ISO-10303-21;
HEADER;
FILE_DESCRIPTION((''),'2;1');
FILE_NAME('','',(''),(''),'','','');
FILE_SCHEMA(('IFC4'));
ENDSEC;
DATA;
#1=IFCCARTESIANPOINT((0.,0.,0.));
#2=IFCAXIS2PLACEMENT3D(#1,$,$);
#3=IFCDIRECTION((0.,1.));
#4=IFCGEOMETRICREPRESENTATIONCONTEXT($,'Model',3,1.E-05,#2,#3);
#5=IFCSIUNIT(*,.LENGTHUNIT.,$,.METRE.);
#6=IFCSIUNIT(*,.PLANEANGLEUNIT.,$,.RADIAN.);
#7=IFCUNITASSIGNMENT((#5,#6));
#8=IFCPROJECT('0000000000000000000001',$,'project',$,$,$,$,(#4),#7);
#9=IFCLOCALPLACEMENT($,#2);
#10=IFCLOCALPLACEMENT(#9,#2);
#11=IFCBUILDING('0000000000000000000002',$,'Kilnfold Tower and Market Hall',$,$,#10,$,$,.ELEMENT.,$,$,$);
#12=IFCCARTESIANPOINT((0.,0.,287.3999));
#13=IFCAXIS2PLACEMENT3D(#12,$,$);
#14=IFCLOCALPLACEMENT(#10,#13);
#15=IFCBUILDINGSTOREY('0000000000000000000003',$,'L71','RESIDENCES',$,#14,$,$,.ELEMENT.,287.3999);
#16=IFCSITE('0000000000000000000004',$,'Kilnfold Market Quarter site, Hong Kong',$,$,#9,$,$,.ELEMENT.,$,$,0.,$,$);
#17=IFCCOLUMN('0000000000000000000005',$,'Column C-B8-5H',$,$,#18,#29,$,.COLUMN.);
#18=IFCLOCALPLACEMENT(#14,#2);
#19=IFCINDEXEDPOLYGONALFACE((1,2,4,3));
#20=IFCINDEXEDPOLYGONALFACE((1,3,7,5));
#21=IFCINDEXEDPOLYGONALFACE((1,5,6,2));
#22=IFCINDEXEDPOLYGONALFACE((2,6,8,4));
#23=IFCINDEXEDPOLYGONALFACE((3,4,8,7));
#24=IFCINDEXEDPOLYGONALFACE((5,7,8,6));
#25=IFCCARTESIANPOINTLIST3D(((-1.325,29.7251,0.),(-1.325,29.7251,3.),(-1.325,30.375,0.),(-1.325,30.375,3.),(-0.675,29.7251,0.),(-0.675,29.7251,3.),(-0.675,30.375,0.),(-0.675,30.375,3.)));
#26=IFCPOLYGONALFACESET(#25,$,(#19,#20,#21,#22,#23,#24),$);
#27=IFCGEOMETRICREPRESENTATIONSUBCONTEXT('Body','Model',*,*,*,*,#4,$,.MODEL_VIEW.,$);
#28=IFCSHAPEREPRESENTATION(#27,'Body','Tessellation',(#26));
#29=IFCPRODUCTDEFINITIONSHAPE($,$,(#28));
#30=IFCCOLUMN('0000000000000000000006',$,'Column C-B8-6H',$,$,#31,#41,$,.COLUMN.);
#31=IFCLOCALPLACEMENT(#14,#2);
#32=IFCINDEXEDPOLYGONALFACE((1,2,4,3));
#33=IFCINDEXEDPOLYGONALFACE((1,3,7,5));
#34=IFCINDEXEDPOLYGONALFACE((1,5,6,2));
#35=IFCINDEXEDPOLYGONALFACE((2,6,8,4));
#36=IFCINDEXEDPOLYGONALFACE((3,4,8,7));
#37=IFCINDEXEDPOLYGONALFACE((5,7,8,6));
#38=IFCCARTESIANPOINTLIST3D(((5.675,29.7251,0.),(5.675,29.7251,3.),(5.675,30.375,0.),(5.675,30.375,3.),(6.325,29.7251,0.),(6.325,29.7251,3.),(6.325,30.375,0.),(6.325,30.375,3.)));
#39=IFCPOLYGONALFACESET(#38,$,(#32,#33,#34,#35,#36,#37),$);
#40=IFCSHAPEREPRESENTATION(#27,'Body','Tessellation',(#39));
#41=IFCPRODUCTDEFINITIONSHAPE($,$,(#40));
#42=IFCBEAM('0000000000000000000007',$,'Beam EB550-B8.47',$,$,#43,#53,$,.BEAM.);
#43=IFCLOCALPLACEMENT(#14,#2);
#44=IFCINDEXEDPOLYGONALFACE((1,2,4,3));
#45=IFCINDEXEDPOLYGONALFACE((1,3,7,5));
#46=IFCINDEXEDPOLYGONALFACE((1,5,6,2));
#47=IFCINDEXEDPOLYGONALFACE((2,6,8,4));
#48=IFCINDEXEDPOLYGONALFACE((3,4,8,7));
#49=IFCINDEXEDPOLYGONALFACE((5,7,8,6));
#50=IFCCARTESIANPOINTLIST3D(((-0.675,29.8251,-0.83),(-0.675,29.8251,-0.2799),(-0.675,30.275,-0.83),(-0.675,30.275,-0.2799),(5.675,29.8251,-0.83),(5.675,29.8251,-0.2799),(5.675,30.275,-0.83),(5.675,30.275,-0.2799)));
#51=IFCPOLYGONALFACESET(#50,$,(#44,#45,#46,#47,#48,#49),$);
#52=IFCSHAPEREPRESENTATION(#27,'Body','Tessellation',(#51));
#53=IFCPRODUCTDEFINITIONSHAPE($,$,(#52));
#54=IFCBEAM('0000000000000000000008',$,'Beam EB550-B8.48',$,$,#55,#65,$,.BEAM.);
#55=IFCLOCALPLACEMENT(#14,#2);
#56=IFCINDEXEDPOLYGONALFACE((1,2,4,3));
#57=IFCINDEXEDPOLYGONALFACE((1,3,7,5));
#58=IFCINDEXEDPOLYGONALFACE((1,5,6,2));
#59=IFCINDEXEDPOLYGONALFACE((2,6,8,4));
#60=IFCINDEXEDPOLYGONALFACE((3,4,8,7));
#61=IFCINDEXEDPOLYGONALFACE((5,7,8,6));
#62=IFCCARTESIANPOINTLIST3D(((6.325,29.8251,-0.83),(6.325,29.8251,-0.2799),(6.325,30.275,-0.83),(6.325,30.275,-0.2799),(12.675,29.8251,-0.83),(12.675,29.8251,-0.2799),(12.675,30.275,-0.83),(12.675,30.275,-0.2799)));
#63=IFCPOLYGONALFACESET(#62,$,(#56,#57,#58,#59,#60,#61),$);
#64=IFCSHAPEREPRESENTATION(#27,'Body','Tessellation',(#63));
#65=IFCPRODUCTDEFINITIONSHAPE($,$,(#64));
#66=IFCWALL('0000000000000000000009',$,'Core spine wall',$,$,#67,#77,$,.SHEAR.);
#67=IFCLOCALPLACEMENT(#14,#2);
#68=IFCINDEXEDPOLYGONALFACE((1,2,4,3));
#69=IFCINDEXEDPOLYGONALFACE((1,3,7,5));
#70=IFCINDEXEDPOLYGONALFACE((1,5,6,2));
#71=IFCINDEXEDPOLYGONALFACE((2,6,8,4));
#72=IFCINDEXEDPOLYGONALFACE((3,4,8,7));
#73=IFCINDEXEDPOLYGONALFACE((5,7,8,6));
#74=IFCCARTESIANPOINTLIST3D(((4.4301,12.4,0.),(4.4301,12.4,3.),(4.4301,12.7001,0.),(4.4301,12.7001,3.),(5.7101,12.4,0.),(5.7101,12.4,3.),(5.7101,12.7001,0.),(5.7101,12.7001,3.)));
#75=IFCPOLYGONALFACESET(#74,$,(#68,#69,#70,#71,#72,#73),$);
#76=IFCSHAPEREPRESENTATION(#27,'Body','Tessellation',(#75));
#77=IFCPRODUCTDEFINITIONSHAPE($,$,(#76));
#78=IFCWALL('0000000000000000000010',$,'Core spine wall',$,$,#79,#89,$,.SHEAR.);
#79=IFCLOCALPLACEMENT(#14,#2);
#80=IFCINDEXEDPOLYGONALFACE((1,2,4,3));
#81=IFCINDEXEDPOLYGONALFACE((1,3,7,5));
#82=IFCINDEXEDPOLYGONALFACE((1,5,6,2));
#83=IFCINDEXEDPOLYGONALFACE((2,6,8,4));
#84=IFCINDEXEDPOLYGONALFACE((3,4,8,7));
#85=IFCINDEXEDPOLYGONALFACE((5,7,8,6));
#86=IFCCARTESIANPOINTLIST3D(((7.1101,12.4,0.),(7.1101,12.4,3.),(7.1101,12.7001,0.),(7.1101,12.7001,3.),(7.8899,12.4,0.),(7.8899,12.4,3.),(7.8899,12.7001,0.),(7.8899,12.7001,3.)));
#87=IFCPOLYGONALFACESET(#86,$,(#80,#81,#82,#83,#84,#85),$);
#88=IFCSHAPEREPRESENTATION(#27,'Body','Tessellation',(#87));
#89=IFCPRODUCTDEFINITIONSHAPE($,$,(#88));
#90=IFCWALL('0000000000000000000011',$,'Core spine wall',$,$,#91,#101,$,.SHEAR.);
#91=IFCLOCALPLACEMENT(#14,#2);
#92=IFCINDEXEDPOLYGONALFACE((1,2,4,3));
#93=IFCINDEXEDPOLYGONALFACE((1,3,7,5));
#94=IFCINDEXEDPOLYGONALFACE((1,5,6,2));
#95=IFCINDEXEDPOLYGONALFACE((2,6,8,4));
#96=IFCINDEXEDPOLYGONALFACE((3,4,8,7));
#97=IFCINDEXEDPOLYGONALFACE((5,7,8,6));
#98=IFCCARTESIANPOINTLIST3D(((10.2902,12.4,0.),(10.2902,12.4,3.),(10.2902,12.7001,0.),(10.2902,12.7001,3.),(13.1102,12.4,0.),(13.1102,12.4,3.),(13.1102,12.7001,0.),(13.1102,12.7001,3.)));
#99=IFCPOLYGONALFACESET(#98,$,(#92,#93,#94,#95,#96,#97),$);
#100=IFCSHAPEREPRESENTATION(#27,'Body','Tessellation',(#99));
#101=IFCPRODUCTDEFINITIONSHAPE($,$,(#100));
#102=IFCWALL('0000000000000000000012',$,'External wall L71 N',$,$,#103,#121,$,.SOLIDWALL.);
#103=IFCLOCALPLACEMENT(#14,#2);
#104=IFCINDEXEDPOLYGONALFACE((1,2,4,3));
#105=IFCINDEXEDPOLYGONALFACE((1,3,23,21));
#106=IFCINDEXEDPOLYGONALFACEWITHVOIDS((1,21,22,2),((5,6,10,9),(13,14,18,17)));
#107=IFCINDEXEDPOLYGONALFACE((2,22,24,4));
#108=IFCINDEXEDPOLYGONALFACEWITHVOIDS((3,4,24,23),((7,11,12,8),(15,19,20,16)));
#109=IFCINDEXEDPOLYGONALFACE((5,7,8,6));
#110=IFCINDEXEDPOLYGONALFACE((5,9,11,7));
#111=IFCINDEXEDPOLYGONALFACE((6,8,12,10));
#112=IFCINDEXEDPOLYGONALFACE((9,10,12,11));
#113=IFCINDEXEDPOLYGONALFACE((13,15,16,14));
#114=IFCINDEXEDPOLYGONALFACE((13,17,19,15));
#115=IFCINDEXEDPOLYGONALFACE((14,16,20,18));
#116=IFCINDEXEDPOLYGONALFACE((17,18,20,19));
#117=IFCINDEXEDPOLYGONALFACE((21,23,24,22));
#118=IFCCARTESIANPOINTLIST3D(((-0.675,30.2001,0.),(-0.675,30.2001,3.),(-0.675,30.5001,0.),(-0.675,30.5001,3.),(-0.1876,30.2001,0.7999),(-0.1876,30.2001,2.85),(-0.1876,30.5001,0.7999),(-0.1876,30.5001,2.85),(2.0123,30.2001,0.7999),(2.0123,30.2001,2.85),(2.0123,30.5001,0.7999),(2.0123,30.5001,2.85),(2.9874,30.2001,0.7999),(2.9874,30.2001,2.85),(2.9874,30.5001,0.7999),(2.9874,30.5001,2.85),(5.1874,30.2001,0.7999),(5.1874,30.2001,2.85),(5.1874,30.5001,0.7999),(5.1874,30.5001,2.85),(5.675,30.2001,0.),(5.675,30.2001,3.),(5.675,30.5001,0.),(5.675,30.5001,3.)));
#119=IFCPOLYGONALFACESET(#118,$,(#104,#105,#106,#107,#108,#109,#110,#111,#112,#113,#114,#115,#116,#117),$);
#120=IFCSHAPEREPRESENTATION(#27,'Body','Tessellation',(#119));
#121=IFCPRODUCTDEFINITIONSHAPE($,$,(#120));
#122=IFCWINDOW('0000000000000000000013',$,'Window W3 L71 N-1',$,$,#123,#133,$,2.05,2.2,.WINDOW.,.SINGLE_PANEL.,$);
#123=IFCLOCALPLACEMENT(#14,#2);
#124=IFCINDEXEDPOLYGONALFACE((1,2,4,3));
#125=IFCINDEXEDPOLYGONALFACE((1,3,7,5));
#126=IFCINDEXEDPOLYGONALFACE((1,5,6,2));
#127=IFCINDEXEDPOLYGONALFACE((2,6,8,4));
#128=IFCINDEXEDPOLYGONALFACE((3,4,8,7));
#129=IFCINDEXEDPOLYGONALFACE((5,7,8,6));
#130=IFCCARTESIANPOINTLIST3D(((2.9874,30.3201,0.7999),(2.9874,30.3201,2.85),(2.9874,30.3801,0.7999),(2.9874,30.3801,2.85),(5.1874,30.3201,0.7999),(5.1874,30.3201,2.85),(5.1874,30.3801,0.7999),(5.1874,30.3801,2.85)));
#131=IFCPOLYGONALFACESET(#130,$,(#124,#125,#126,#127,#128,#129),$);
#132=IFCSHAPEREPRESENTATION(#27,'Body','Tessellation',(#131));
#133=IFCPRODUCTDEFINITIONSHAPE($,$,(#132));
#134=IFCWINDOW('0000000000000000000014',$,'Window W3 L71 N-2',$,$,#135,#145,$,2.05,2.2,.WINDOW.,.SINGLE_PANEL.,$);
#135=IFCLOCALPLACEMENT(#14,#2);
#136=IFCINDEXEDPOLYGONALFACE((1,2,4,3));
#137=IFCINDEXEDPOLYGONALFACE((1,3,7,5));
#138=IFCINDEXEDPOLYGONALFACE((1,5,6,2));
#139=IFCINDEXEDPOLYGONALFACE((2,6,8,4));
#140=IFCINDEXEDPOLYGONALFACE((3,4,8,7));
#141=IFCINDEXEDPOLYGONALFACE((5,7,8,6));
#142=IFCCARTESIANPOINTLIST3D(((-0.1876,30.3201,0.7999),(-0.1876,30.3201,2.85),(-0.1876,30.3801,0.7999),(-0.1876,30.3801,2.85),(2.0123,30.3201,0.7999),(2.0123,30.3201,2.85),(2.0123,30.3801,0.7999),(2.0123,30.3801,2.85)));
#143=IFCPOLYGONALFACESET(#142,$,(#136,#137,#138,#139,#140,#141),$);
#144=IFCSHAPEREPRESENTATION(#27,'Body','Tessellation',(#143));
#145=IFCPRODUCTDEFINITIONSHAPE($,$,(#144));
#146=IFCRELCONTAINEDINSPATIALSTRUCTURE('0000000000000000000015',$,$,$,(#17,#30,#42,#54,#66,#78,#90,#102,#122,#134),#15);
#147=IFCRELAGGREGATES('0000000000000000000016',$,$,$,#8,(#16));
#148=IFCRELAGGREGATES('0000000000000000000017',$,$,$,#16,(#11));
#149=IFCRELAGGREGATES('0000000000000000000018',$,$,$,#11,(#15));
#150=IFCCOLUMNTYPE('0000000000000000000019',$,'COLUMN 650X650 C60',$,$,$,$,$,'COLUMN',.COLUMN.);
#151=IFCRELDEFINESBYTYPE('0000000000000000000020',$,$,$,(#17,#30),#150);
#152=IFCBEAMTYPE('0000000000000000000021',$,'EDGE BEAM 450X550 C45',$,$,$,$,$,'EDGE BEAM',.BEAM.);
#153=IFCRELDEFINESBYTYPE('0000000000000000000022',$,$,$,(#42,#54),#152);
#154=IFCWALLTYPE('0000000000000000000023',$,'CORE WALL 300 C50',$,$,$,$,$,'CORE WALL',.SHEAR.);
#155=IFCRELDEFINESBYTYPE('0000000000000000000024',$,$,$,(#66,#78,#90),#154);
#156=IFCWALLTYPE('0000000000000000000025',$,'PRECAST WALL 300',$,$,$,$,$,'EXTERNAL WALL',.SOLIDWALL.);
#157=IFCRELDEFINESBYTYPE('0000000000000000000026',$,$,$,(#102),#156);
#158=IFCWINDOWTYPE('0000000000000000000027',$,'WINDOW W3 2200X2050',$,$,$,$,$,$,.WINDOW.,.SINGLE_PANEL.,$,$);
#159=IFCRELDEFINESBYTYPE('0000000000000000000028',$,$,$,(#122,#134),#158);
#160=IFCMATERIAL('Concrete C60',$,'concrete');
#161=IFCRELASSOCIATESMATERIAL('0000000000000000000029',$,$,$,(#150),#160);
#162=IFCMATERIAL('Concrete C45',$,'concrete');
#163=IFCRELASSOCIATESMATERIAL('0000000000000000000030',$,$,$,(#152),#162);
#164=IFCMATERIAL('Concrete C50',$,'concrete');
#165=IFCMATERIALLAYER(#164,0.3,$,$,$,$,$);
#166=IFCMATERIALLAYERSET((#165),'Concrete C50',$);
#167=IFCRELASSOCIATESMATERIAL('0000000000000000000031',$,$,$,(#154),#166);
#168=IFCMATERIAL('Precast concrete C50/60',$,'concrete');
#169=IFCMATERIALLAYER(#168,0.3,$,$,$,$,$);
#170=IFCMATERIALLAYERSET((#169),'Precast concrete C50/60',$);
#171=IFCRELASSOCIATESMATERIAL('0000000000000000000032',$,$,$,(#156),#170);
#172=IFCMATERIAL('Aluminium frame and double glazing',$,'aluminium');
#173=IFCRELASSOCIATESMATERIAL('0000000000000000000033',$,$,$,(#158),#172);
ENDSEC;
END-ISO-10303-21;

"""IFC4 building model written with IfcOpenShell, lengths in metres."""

from ifc_helpers import new_model, si_unit, direction, frame, frame_2d, origin, origin_2d, place, context, subcontext, project, spatial, rectangle, extrude, source, transform, mapped, material, layer, layer_set, material_profile, profile_set, type_object, element, fill, save


model = new_model("IFC4")

# Units and contexts
model_context = context("Model", 3, precision=1e-05, world=origin(), true_north=direction((0.0, 1.0)))
body_context = subcontext(model_context, "Body", "Model", "MODEL_VIEW")
ifc_project = project(units=[si_unit("LENGTHUNIT", "METRE"), si_unit("PLANEANGLEUNIT", "RADIAN")], contexts=[model_context])

# Site, building, storey
site_placement = place(None, origin())
site = spatial("IfcSite", under=ifc_project, at=site_placement, Name="Kilnfold Market Quarter site, Hong Kong", CompositionType="ELEMENT", RefElevation=0.0)
building_placement = place(site_placement, origin())
building = spatial("IfcBuilding", under=site, at=building_placement, Name="Kilnfold Tower and Market Hall", CompositionType="ELEMENT")
storey_placement = place(building_placement, frame((0.0, 0.0, 287.3999)))
storey = spatial("IfcBuildingStorey", under=building, at=storey_placement, Name="L71", Description="RESIDENCES", CompositionType="ELEMENT", Elevation=287.3999)

# Columns
ifc_material_1 = material(Name="Concrete C60", Category="concrete")
ifc_material_profile_1 = material_profile(ifc_material_1, rectangle(XDim=0.6499, YDim=0.6499, at=origin_2d()), Name="RC 650x650")
ifc_profile_set_1 = profile_set([ifc_material_profile_1], Name="Concrete C60")
column_type = type_object("IfcColumnType", Name="COLUMN 650X650 C60", ElementType="COLUMN", PredefinedType="COLUMN", material=ifc_profile_set_1)
shared_shape_1 = source(origin(), body_context, "Body", "SweptSolid", [
    extrude(rectangle(XDim=0.6499, YDim=0.6499, at=origin_2d()), origin(), (0.0, 0.0, 1.0), 3.0),
])
for number, where, z_axis, x_axis, name in (
    (1, (-1.0, 30.05, 0.0), (0.0, 0.0, 1.0), (1.0, 0.0, 0.0), "Column C-B8-5H"),
    (2, (6.0, 30.05, 0.0), (0.0, 0.0, 1.0), (1.0, 0.0, 0.0), "Column C-B8-6H"),
):
    element("IfcColumn", number, at=place(storey_placement, frame(where, z_axis=z_axis, x_axis=x_axis)), inside=storey, type_object=column_type, Name=name, PredefinedType="COLUMN", context=body_context, shape_type="MappedRepresentation", body=[
        mapped(shared_shape_1, transform((0.0, 0.0, 0.0))),
    ])

# Beams
ifc_material_2 = material(Name="Concrete C45", Category="concrete")
ifc_material_profile_2 = material_profile(ifc_material_2, rectangle(XDim=0.45, YDim=0.55, at=origin_2d()), Name="RC 450x550")
ifc_profile_set_2 = profile_set([ifc_material_profile_2], Name="Concrete C45")
beam_type = type_object("IfcBeamType", Name="EDGE BEAM 450X550 C45", ElementType="EDGE BEAM", PredefinedType="BEAM", material=ifc_profile_set_2)
shared_shape_2 = source(origin(), body_context, "Body", "SweptSolid", [
    extrude(rectangle(XDim=0.45, YDim=0.55, at=origin_2d()), origin(), (0.0, 0.0, 1.0), 6.3501),
])
for number, where, z_axis, x_axis, name in (
    (3, (-0.675, 30.05, -0.5549), (1.0, 0.0, 0.0), (0.0, 1.0, 0.0), "Beam EB550-B8.47"),
    (4, (6.325, 30.05, -0.5549), (1.0, 0.0, 0.0), (0.0, 1.0, 0.0), "Beam EB550-B8.48"),
):
    element("IfcBeam", number, at=place(storey_placement, frame(where, z_axis=z_axis, x_axis=x_axis)), inside=storey, type_object=beam_type, Name=name, PredefinedType="BEAM", context=body_context, shape_type="MappedRepresentation", body=[
        mapped(shared_shape_2, transform((0.0, 0.0, 0.0))),
    ])

# Walls
ifc_material_3 = material(Name="Concrete C50", Category="concrete")
ifc_layer_1 = layer(ifc_material_3, 0.3)
ifc_layer_set_1 = layer_set([ifc_layer_1], Name="Concrete C50")
wall_type_1 = type_object("IfcWallType", Name="CORE WALL 300 C50", ElementType="CORE WALL", PredefinedType="SHEAR", material=ifc_layer_set_1)
shared_shape_3 = source(origin(), body_context, "Body", "SweptSolid", [
    extrude(rectangle(XDim=1.28, YDim=0.3, at=frame_2d((0.6401, 0.0))), origin(), (0.0, 0.0, 1.0), 3.0),
])
wall_1_placement = place(storey_placement, frame((4.4299, 12.55, 0.0), z_axis=(0.0, 0.0, 1.0), x_axis=(1.0, 0.0, 0.0)))
element("IfcWall", 5, at=wall_1_placement, inside=storey, type_object=wall_type_1, Name="Core spine wall", PredefinedType="SHEAR", context=body_context, shape_type="MappedRepresentation", body=[
    mapped(shared_shape_3, transform((0.0, 0.0, 0.0))),
])
shared_shape_4 = source(origin(), body_context, "Body", "SweptSolid", [
    extrude(rectangle(XDim=0.7798, YDim=0.3, at=frame_2d((0.3899, 0.0))), origin(), (0.0, 0.0, 1.0), 3.0),
])
wall_2_placement = place(storey_placement, frame((7.1101, 12.55, 0.0), z_axis=(0.0, 0.0, 1.0), x_axis=(1.0, 0.0, 0.0)))
element("IfcWall", 6, at=wall_2_placement, inside=storey, type_object=wall_type_1, Name="Core spine wall", PredefinedType="SHEAR", context=body_context, shape_type="MappedRepresentation", body=[
    mapped(shared_shape_4, transform((0.0, 0.0, 0.0))),
])
shared_shape_5 = source(origin(), body_context, "Body", "SweptSolid", [
    extrude(rectangle(XDim=2.8201, YDim=0.3, at=frame_2d((1.4102, 0.0))), origin(), (0.0, 0.0, 1.0), 3.0),
])
wall_3_placement = place(storey_placement, frame((10.29, 12.55, 0.0), z_axis=(0.0, 0.0, 1.0), x_axis=(1.0, 0.0, 0.0)))
element("IfcWall", 7, at=wall_3_placement, inside=storey, type_object=wall_type_1, Name="Core spine wall", PredefinedType="SHEAR", context=body_context, shape_type="MappedRepresentation", body=[
    mapped(shared_shape_5, transform((0.0, 0.0, 0.0))),
])

# Wall, openings, windows
ifc_material_4 = material(Name="Precast concrete C50/60", Category="concrete")
ifc_layer_2 = layer(ifc_material_4, 0.3)
ifc_layer_set_2 = layer_set([ifc_layer_2], Name="Precast concrete C50/60")
wall_type_2 = type_object("IfcWallType", Name="PRECAST WALL 300", ElementType="EXTERNAL WALL", PredefinedType="SOLIDWALL", material=ifc_layer_set_2)
shared_shape_6 = source(origin(), body_context, "Body", "SweptSolid", [
    extrude(rectangle(XDim=6.3501, YDim=0.3, at=frame_2d((3.175, 0.0))), origin(), (0.0, 0.0, 1.0), 3.0),
])
wall_4_placement = place(storey_placement, frame((5.675, 30.3501, 0.0), z_axis=(0.0, 0.0, 1.0), x_axis=(-1.0, 0.0, 0.0)))
wall_4 = element("IfcWall", 8, at=wall_4_placement, inside=storey, type_object=wall_type_2, Name="External wall L71 N", PredefinedType="SOLIDWALL", context=body_context, shape_type="MappedRepresentation", body=[
    mapped(shared_shape_6, transform((0.0, 0.0, 0.0))),
])
opening_1_placement = place(wall_4_placement, frame((0.4875, 0.0, 0.8)))
opening_1 = element("IfcOpeningElement", 9, at=opening_1_placement, cuts=wall_4, PredefinedType="OPENING", context=body_context, shape_type="SweptSolid", body=[
    extrude(rectangle(XDim=2.2, YDim=2.05, at=frame_2d((1.1001, 1.0249))), frame((0.0, 0.1602, 0.0), z_axis=(0.0, -1.0, 0.0), x_axis=(1.0, 0.0, 0.0)), (0.0, 0.0, 1.0), 0.3201),
])
opening_2_placement = place(wall_4_placement, frame((3.6626, 0.0, 0.8)))
opening_2 = element("IfcOpeningElement", 10, at=opening_2_placement, cuts=wall_4, PredefinedType="OPENING", context=body_context, shape_type="SweptSolid", body=[
    extrude(rectangle(XDim=2.2, YDim=2.05, at=frame_2d((1.1001, 1.0249))), frame((0.0, 0.1602, 0.0), z_axis=(0.0, -1.0, 0.0), x_axis=(1.0, 0.0, 0.0)), (0.0, 0.0, 1.0), 0.3201),
])
ifc_material_5 = material(Name="Aluminium frame and double glazing", Category="aluminium")
window_type = type_object("IfcWindowType", Name="WINDOW W3 2200X2050", PartitioningType="SINGLE_PANEL", PredefinedType="WINDOW", material=ifc_material_5)
window_1_placement = place(opening_1_placement, origin())
window_1 = element("IfcWindow", 11, at=window_1_placement, inside=storey, type_object=window_type, Name="Window W3 L71 N-1", OverallHeight=2.05, OverallWidth=2.2, PartitioningType="SINGLE_PANEL", PredefinedType="WINDOW", context=body_context, shape_type="SweptSolid", body=[
    extrude(rectangle(XDim=2.2, YDim=2.05, at=frame_2d((1.1001, 1.0249))), frame((0.0, 0.03, 0.0), z_axis=(0.0, -1.0, 0.0), x_axis=(1.0, 0.0, 0.0)), (0.0, 0.0, 1.0), 0.0601),
])
fill(opening_1, window_1)
window_2_placement = place(opening_2_placement, origin())
window_2 = element("IfcWindow", 12, at=window_2_placement, inside=storey, type_object=window_type, Name="Window W3 L71 N-2", OverallHeight=2.05, OverallWidth=2.2, PartitioningType="SINGLE_PANEL", PredefinedType="WINDOW", context=body_context, shape_type="SweptSolid", body=[
    extrude(rectangle(XDim=2.2, YDim=2.05, at=frame_2d((1.1001, 1.0249))), frame((0.0, 0.03, 0.0), z_axis=(0.0, -1.0, 0.0), x_axis=(1.0, 0.0, 0.0)), (0.0, 0.0, 1.0), 0.0601),
])
fill(opening_2, window_2)

save(model, "model.ifc")
